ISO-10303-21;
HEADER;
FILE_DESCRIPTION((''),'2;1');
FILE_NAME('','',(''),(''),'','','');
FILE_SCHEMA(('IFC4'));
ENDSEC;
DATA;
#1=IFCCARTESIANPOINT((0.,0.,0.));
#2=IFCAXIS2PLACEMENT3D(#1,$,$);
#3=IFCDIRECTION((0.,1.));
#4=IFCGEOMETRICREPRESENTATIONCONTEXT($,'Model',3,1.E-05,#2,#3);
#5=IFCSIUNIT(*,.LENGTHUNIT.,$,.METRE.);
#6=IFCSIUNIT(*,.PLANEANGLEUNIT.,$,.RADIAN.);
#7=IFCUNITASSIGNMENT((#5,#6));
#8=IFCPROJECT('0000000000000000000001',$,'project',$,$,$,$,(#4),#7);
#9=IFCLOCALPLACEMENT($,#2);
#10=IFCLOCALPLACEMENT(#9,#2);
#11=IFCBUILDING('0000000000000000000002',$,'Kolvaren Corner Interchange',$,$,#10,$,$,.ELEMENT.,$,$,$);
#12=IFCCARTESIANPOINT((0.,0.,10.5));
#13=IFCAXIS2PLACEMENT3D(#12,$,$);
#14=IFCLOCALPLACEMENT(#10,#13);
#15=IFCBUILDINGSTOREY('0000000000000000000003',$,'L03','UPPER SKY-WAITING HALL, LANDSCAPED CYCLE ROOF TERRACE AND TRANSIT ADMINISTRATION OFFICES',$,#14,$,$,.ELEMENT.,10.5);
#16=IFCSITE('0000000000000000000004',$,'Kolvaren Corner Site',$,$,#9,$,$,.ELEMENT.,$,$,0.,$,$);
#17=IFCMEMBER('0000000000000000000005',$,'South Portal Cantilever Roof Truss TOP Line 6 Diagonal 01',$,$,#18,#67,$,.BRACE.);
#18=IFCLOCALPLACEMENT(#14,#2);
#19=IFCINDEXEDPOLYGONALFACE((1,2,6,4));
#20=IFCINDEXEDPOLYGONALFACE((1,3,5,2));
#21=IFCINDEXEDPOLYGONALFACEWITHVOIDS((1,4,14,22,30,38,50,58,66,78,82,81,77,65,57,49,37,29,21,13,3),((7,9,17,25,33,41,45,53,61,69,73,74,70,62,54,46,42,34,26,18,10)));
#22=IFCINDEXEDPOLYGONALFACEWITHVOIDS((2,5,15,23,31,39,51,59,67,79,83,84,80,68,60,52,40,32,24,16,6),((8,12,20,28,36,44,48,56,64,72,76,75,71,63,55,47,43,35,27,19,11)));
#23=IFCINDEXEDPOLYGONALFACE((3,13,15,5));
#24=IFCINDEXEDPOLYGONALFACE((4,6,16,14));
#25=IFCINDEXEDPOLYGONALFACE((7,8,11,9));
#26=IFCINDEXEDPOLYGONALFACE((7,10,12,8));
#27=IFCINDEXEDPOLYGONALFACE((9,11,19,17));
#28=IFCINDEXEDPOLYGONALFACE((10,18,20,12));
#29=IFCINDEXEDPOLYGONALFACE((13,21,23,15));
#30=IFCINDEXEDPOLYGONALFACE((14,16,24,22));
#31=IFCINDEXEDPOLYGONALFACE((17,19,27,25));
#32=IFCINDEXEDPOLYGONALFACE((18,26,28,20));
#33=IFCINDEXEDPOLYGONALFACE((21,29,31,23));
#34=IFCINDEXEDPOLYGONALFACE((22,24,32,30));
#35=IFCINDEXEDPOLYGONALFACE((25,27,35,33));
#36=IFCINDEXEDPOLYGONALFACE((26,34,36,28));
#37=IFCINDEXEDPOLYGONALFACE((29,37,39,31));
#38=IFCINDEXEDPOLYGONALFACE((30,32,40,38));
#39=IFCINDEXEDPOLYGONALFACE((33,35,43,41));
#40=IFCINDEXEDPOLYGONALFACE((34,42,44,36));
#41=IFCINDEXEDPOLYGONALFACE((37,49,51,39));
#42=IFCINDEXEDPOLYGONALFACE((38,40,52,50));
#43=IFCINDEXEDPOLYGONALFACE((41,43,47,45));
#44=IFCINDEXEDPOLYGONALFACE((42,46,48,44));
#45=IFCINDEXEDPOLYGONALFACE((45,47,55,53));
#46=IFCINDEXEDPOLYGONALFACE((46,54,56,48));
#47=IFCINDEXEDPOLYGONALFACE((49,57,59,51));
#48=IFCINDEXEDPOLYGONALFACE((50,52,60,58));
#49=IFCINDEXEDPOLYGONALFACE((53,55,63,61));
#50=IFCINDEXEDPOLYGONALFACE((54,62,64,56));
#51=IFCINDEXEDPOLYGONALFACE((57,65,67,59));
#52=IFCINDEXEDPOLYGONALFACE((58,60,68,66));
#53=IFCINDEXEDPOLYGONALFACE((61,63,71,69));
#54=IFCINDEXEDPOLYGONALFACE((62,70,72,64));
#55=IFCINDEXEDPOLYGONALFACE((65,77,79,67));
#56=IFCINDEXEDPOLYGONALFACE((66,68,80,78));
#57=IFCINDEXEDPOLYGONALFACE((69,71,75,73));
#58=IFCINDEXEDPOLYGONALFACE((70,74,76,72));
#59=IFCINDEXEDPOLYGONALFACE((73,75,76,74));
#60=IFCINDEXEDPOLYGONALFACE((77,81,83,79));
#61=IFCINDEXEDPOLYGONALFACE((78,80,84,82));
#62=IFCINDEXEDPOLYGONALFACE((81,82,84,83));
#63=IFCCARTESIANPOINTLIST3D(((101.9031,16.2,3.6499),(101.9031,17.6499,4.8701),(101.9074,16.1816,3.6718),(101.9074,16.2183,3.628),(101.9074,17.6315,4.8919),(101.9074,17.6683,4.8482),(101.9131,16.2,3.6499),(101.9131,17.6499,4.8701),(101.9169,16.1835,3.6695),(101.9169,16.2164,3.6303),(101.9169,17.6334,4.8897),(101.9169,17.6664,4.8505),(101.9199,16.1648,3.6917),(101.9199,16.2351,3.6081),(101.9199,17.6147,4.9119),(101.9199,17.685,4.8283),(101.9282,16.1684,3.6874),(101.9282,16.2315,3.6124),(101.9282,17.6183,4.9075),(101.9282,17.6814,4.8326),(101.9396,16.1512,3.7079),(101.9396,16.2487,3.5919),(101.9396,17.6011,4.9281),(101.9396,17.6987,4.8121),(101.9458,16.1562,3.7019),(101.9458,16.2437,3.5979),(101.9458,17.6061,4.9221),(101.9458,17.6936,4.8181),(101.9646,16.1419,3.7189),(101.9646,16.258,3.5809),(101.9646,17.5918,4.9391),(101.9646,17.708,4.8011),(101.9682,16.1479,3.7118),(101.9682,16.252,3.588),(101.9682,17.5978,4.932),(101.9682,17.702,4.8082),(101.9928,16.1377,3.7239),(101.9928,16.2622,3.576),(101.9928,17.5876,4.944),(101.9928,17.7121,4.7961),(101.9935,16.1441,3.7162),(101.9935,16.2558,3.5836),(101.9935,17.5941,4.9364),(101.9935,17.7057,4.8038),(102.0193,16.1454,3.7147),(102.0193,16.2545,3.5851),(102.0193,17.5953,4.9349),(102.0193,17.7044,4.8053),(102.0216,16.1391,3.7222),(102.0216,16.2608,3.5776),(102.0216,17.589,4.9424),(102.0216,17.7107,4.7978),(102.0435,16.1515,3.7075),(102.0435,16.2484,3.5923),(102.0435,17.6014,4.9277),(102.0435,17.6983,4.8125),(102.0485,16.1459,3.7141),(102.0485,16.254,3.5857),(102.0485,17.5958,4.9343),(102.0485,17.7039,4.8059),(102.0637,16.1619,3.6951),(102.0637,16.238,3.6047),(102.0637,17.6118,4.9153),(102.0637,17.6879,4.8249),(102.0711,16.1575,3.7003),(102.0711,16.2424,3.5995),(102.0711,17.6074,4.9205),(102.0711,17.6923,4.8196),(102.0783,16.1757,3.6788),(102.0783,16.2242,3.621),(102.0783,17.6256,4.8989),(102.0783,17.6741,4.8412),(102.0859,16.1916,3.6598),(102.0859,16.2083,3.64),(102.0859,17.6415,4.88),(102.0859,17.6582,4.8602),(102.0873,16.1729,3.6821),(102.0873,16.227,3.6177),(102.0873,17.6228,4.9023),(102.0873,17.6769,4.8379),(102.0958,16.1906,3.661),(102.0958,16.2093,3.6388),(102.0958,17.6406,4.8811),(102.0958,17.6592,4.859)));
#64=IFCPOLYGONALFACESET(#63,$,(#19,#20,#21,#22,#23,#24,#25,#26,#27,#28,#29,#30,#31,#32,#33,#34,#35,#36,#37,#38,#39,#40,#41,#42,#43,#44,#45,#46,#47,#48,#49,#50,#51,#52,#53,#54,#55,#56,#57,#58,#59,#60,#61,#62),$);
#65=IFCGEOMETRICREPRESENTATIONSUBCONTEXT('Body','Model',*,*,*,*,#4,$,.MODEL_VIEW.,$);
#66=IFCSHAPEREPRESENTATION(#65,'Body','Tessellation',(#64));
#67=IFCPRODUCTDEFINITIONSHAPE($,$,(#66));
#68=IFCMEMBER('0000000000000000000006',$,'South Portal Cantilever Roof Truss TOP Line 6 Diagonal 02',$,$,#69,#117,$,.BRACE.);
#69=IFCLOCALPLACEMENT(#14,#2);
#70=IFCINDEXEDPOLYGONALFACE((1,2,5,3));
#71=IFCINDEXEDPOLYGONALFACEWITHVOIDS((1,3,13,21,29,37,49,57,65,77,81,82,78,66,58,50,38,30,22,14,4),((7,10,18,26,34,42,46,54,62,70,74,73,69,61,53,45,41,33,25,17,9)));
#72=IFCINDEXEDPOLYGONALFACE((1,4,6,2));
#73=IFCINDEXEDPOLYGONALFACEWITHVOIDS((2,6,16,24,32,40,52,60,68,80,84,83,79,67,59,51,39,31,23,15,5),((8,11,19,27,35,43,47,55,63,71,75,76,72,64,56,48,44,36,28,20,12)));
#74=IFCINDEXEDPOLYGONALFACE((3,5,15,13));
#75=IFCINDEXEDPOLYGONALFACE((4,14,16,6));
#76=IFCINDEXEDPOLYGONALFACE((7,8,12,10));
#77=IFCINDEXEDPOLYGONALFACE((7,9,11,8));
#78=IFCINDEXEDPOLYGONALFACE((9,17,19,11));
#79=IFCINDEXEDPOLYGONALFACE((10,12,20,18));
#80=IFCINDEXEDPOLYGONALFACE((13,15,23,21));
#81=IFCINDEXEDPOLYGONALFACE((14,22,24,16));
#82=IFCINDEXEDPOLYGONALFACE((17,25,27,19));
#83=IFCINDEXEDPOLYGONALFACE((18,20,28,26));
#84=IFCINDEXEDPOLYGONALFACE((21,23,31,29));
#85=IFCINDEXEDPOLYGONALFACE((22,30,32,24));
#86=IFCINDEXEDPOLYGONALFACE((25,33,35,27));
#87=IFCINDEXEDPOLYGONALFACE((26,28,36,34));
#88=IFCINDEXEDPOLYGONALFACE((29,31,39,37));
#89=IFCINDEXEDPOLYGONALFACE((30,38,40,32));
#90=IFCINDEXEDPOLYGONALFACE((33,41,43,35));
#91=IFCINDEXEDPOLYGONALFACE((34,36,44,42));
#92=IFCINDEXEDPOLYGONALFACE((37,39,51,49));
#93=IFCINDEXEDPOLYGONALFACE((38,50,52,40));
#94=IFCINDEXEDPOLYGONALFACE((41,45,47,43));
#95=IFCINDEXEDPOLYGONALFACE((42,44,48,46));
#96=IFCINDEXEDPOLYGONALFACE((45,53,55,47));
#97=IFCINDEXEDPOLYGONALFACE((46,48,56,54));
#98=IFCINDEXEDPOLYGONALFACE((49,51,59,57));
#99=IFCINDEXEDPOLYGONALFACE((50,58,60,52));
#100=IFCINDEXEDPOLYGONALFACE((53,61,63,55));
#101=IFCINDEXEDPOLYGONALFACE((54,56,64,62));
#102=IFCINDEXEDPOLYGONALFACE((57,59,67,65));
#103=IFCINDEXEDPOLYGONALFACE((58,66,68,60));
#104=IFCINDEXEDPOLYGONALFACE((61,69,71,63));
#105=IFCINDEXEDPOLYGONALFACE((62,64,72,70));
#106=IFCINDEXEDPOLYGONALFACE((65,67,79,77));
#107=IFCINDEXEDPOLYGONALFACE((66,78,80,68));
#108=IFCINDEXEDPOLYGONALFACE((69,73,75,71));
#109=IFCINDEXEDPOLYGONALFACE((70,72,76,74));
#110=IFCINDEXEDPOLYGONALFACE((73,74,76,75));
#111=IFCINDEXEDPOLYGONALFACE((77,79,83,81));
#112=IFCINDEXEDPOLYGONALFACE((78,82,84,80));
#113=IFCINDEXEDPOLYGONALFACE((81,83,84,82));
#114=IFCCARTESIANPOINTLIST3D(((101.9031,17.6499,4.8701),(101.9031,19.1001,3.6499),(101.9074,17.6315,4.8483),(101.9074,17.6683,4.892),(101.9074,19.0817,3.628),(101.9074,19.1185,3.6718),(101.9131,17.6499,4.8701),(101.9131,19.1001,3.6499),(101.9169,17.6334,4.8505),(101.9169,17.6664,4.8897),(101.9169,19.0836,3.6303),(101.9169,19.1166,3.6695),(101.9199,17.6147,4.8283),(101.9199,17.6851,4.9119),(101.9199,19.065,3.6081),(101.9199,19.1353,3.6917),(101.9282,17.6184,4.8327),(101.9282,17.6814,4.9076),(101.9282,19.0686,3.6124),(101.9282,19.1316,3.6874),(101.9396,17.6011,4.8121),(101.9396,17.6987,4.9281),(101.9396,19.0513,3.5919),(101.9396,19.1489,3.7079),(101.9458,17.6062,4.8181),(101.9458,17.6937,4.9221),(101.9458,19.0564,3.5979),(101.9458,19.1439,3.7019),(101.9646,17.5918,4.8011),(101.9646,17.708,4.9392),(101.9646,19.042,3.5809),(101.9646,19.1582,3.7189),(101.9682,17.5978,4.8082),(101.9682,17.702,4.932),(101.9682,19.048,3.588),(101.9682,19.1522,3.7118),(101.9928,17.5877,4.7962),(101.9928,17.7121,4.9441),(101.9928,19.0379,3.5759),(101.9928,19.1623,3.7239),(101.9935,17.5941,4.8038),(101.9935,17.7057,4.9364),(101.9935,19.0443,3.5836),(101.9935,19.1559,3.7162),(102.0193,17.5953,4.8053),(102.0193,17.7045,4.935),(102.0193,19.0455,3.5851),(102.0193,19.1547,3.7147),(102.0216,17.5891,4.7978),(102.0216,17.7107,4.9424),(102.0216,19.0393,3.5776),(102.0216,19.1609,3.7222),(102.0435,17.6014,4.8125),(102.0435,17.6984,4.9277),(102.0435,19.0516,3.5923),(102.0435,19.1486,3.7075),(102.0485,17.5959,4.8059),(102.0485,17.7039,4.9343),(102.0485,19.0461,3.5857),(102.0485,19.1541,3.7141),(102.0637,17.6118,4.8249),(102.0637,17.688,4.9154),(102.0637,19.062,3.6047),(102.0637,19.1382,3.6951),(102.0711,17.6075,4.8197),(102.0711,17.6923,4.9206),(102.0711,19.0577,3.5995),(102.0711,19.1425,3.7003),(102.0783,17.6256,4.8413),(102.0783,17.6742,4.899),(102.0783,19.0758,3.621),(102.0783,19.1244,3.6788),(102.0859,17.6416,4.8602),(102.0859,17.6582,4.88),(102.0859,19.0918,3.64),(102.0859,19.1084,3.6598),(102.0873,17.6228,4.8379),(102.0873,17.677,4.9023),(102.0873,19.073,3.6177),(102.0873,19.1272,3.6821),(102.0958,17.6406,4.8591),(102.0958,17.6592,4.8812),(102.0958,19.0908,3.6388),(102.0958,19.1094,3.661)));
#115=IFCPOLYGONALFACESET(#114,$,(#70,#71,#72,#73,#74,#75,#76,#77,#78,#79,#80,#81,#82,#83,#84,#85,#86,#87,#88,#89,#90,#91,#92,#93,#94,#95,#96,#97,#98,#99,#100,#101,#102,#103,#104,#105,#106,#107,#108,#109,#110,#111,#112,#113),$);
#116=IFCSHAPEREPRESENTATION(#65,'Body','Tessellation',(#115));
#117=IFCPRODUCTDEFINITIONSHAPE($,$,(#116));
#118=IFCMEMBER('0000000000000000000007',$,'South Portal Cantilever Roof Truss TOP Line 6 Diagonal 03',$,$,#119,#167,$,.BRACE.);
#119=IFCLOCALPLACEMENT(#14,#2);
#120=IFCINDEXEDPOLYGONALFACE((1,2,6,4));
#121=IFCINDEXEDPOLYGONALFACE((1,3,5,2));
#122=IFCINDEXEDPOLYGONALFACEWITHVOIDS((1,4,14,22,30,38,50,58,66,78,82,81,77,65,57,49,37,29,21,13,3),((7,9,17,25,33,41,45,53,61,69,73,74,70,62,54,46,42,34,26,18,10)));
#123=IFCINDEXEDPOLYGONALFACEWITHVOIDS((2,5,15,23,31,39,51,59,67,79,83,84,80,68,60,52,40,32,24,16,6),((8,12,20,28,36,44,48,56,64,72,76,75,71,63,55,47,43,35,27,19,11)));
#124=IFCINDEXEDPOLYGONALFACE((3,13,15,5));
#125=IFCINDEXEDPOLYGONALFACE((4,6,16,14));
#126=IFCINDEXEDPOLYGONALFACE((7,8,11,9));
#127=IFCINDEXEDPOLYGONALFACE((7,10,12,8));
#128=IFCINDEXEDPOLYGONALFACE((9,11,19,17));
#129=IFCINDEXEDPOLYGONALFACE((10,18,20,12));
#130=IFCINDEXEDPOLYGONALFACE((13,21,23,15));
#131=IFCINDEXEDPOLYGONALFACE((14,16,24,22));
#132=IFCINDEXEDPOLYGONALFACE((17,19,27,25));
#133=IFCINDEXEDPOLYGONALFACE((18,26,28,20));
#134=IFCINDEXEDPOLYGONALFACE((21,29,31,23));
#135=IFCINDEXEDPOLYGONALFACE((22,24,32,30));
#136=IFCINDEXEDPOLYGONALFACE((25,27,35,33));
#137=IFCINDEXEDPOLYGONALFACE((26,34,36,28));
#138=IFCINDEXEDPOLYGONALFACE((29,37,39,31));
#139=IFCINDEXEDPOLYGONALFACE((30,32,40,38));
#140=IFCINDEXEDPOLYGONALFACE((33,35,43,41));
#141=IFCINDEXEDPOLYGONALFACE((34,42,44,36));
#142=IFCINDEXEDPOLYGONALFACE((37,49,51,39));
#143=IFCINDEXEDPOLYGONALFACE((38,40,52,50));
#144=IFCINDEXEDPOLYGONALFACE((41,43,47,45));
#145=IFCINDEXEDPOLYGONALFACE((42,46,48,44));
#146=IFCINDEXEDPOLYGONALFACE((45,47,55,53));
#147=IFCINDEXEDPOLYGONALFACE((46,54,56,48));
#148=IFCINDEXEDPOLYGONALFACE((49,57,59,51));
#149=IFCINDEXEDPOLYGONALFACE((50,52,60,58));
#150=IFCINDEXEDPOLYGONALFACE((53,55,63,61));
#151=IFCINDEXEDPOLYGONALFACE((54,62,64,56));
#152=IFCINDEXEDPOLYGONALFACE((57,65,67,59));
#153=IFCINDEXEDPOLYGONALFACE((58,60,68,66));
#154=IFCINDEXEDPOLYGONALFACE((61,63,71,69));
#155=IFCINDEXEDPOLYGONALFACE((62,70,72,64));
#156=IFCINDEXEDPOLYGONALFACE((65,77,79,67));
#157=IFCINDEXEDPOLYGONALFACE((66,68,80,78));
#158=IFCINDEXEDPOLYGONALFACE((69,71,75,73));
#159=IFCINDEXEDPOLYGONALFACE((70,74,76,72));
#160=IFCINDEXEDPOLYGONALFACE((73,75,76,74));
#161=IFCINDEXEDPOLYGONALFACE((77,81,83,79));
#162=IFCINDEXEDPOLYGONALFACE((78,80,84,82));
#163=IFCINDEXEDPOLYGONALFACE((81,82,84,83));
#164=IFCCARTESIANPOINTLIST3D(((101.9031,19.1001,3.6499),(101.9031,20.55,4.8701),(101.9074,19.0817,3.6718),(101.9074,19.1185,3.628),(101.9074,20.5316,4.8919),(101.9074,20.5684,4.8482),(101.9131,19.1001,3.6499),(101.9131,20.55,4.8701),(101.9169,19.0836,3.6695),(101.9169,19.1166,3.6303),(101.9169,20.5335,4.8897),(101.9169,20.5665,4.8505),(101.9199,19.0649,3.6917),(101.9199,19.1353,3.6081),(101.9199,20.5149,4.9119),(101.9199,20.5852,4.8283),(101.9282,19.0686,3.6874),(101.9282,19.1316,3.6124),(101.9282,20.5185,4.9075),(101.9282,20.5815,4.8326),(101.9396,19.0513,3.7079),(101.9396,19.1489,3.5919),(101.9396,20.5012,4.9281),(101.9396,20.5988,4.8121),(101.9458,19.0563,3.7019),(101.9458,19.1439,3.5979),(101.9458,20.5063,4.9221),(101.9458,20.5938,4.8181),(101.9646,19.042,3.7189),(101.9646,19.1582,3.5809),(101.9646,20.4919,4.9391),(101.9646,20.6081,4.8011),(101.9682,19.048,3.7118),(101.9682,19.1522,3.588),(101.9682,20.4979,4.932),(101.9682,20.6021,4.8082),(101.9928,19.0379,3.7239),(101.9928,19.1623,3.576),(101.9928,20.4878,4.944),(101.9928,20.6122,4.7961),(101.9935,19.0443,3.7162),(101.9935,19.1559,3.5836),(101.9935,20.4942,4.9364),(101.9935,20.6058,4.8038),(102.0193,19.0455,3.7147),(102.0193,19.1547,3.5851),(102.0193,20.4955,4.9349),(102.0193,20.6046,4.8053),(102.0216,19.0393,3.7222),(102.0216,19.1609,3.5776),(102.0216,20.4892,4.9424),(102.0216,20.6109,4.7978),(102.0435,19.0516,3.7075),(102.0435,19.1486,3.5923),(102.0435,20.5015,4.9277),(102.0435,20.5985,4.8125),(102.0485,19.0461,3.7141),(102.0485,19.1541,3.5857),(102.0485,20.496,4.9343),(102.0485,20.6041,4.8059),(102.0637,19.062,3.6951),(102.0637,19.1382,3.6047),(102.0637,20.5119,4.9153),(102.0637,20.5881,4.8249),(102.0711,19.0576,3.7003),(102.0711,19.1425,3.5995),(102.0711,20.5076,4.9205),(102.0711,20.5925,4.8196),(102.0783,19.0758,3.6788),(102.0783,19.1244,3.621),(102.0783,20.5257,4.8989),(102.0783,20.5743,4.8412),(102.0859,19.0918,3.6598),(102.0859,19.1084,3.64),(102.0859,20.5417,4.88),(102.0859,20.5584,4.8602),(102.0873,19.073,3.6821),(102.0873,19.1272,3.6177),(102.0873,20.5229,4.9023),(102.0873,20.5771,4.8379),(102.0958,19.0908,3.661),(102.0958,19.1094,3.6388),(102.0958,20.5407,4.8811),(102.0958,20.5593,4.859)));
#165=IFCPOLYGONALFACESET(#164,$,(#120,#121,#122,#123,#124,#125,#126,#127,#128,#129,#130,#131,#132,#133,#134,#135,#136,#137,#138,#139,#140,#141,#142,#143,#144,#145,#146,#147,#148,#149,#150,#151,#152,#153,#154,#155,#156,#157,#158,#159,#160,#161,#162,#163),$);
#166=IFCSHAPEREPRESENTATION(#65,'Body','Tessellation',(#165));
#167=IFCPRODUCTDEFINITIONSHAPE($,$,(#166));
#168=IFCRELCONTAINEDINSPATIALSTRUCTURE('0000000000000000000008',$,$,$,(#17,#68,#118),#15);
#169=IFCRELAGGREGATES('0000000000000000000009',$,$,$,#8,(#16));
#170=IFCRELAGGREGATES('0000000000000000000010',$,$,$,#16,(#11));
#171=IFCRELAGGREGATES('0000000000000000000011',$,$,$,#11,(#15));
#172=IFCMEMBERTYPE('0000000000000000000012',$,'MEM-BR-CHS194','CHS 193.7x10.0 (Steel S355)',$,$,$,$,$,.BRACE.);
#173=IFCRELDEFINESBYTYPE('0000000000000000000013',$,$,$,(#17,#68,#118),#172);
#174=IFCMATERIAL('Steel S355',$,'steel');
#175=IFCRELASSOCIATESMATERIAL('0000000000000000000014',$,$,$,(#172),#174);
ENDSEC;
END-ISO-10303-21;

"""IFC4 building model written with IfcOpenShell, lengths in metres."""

from ifc_helpers import new_model, si_unit, direction, frame, origin, origin_2d, place, context, subcontext, project, spatial, hollow_circle, extrude, material, material_profile, profile_set, type_object, element, save


model = new_model("IFC4")

# Units and contexts
model_context = context("Model", 3, precision=1e-05, world=origin(), true_north=direction((0.0, 1.0)))
body_context = subcontext(model_context, "Body", "Model", "MODEL_VIEW")
ifc_project = project(units=[si_unit("LENGTHUNIT", "METRE"), si_unit("PLANEANGLEUNIT", "RADIAN")], contexts=[model_context])

# Site, building, storey
site_placement = place(None, origin())
site = spatial("IfcSite", under=ifc_project, at=site_placement, Name="Kolvaren Corner Site", CompositionType="ELEMENT", RefElevation=0.0)
building_placement = place(site_placement, origin())
building = spatial("IfcBuilding", under=site, at=building_placement, Name="Kolvaren Corner Interchange", CompositionType="ELEMENT")
storey_placement = place(building_placement, frame((0.0, 0.0, 10.5)))
storey = spatial("IfcBuildingStorey", under=building, at=storey_placement, Name="L03", Description="UPPER SKY-WAITING HALL, LANDSCAPED CYCLE ROOF TERRACE AND TRANSIT ADMINISTRATION OFFICES", CompositionType="ELEMENT", Elevation=10.5)

# Members
ifc_material_1 = material(Name="Steel S355", Category="steel")
ifc_material_profile_1 = material_profile(ifc_material_1, hollow_circle(Radius=0.0969, WallThickness=0.01, at=origin_2d()), Name="CHS 193.7x10.0")
ifc_profile_set_1 = profile_set([ifc_material_profile_1], Name="Steel S355")
member_type_1 = type_object("IfcMemberType", Name="MEM-BR-CHS194", Description="CHS 193.7x10.0 (Steel S355)", PredefinedType="BRACE", material=ifc_profile_set_1)
for number, where, z_axis, x_axis, name in (
    (1, (102.0, 16.2, 3.6499), (0.0, 0.765118, 0.64389), (-1.0, 0.0, 0.0), "South Portal Cantilever Roof Truss TOP Line 6 Diagonal 01"),
):
    element("IfcMember", number, at=place(storey_placement, frame(where, z_axis=z_axis, x_axis=x_axis)), inside=storey, type_object=member_type_1, Name=name, PredefinedType="BRACE", context=body_context, shape_type="SweptSolid", body=[
        extrude(hollow_circle(Radius=0.0969, WallThickness=0.01, at=origin_2d()), origin(), (0.0, 0.0, 1.0), 1.895),
    ])
member_1_placement = place(storey_placement, frame((102.0, 17.6499, 4.8701), z_axis=(0.0, 0.765172, -0.643826), x_axis=(-1.0, 0.0, 0.0)))
element("IfcMember", 2, at=member_1_placement, inside=storey, type_object=member_type_1, Name="South Portal Cantilever Roof Truss TOP Line 6 Diagonal 02", PredefinedType="BRACE", context=body_context, shape_type="SweptSolid", body=[
    extrude(hollow_circle(Radius=0.0969, WallThickness=0.01, at=origin_2d()), origin(), (0.0, 0.0, 1.0), 1.8953),
])
for number, where, z_axis, x_axis, name in (
    (3, (102.0, 19.1001, 3.6499), (0.0, 0.765118, 0.64389), (-1.0, 0.0, 0.0), "South Portal Cantilever Roof Truss TOP Line 6 Diagonal 03"),
):
    element("IfcMember", number, at=place(storey_placement, frame(where, z_axis=z_axis, x_axis=x_axis)), inside=storey, type_object=member_type_1, Name=name, PredefinedType="BRACE", context=body_context, shape_type="SweptSolid", body=[
        extrude(hollow_circle(Radius=0.0969, WallThickness=0.01, at=origin_2d()), origin(), (0.0, 0.0, 1.0), 1.895),
    ])

save(model, "model.ifc")
